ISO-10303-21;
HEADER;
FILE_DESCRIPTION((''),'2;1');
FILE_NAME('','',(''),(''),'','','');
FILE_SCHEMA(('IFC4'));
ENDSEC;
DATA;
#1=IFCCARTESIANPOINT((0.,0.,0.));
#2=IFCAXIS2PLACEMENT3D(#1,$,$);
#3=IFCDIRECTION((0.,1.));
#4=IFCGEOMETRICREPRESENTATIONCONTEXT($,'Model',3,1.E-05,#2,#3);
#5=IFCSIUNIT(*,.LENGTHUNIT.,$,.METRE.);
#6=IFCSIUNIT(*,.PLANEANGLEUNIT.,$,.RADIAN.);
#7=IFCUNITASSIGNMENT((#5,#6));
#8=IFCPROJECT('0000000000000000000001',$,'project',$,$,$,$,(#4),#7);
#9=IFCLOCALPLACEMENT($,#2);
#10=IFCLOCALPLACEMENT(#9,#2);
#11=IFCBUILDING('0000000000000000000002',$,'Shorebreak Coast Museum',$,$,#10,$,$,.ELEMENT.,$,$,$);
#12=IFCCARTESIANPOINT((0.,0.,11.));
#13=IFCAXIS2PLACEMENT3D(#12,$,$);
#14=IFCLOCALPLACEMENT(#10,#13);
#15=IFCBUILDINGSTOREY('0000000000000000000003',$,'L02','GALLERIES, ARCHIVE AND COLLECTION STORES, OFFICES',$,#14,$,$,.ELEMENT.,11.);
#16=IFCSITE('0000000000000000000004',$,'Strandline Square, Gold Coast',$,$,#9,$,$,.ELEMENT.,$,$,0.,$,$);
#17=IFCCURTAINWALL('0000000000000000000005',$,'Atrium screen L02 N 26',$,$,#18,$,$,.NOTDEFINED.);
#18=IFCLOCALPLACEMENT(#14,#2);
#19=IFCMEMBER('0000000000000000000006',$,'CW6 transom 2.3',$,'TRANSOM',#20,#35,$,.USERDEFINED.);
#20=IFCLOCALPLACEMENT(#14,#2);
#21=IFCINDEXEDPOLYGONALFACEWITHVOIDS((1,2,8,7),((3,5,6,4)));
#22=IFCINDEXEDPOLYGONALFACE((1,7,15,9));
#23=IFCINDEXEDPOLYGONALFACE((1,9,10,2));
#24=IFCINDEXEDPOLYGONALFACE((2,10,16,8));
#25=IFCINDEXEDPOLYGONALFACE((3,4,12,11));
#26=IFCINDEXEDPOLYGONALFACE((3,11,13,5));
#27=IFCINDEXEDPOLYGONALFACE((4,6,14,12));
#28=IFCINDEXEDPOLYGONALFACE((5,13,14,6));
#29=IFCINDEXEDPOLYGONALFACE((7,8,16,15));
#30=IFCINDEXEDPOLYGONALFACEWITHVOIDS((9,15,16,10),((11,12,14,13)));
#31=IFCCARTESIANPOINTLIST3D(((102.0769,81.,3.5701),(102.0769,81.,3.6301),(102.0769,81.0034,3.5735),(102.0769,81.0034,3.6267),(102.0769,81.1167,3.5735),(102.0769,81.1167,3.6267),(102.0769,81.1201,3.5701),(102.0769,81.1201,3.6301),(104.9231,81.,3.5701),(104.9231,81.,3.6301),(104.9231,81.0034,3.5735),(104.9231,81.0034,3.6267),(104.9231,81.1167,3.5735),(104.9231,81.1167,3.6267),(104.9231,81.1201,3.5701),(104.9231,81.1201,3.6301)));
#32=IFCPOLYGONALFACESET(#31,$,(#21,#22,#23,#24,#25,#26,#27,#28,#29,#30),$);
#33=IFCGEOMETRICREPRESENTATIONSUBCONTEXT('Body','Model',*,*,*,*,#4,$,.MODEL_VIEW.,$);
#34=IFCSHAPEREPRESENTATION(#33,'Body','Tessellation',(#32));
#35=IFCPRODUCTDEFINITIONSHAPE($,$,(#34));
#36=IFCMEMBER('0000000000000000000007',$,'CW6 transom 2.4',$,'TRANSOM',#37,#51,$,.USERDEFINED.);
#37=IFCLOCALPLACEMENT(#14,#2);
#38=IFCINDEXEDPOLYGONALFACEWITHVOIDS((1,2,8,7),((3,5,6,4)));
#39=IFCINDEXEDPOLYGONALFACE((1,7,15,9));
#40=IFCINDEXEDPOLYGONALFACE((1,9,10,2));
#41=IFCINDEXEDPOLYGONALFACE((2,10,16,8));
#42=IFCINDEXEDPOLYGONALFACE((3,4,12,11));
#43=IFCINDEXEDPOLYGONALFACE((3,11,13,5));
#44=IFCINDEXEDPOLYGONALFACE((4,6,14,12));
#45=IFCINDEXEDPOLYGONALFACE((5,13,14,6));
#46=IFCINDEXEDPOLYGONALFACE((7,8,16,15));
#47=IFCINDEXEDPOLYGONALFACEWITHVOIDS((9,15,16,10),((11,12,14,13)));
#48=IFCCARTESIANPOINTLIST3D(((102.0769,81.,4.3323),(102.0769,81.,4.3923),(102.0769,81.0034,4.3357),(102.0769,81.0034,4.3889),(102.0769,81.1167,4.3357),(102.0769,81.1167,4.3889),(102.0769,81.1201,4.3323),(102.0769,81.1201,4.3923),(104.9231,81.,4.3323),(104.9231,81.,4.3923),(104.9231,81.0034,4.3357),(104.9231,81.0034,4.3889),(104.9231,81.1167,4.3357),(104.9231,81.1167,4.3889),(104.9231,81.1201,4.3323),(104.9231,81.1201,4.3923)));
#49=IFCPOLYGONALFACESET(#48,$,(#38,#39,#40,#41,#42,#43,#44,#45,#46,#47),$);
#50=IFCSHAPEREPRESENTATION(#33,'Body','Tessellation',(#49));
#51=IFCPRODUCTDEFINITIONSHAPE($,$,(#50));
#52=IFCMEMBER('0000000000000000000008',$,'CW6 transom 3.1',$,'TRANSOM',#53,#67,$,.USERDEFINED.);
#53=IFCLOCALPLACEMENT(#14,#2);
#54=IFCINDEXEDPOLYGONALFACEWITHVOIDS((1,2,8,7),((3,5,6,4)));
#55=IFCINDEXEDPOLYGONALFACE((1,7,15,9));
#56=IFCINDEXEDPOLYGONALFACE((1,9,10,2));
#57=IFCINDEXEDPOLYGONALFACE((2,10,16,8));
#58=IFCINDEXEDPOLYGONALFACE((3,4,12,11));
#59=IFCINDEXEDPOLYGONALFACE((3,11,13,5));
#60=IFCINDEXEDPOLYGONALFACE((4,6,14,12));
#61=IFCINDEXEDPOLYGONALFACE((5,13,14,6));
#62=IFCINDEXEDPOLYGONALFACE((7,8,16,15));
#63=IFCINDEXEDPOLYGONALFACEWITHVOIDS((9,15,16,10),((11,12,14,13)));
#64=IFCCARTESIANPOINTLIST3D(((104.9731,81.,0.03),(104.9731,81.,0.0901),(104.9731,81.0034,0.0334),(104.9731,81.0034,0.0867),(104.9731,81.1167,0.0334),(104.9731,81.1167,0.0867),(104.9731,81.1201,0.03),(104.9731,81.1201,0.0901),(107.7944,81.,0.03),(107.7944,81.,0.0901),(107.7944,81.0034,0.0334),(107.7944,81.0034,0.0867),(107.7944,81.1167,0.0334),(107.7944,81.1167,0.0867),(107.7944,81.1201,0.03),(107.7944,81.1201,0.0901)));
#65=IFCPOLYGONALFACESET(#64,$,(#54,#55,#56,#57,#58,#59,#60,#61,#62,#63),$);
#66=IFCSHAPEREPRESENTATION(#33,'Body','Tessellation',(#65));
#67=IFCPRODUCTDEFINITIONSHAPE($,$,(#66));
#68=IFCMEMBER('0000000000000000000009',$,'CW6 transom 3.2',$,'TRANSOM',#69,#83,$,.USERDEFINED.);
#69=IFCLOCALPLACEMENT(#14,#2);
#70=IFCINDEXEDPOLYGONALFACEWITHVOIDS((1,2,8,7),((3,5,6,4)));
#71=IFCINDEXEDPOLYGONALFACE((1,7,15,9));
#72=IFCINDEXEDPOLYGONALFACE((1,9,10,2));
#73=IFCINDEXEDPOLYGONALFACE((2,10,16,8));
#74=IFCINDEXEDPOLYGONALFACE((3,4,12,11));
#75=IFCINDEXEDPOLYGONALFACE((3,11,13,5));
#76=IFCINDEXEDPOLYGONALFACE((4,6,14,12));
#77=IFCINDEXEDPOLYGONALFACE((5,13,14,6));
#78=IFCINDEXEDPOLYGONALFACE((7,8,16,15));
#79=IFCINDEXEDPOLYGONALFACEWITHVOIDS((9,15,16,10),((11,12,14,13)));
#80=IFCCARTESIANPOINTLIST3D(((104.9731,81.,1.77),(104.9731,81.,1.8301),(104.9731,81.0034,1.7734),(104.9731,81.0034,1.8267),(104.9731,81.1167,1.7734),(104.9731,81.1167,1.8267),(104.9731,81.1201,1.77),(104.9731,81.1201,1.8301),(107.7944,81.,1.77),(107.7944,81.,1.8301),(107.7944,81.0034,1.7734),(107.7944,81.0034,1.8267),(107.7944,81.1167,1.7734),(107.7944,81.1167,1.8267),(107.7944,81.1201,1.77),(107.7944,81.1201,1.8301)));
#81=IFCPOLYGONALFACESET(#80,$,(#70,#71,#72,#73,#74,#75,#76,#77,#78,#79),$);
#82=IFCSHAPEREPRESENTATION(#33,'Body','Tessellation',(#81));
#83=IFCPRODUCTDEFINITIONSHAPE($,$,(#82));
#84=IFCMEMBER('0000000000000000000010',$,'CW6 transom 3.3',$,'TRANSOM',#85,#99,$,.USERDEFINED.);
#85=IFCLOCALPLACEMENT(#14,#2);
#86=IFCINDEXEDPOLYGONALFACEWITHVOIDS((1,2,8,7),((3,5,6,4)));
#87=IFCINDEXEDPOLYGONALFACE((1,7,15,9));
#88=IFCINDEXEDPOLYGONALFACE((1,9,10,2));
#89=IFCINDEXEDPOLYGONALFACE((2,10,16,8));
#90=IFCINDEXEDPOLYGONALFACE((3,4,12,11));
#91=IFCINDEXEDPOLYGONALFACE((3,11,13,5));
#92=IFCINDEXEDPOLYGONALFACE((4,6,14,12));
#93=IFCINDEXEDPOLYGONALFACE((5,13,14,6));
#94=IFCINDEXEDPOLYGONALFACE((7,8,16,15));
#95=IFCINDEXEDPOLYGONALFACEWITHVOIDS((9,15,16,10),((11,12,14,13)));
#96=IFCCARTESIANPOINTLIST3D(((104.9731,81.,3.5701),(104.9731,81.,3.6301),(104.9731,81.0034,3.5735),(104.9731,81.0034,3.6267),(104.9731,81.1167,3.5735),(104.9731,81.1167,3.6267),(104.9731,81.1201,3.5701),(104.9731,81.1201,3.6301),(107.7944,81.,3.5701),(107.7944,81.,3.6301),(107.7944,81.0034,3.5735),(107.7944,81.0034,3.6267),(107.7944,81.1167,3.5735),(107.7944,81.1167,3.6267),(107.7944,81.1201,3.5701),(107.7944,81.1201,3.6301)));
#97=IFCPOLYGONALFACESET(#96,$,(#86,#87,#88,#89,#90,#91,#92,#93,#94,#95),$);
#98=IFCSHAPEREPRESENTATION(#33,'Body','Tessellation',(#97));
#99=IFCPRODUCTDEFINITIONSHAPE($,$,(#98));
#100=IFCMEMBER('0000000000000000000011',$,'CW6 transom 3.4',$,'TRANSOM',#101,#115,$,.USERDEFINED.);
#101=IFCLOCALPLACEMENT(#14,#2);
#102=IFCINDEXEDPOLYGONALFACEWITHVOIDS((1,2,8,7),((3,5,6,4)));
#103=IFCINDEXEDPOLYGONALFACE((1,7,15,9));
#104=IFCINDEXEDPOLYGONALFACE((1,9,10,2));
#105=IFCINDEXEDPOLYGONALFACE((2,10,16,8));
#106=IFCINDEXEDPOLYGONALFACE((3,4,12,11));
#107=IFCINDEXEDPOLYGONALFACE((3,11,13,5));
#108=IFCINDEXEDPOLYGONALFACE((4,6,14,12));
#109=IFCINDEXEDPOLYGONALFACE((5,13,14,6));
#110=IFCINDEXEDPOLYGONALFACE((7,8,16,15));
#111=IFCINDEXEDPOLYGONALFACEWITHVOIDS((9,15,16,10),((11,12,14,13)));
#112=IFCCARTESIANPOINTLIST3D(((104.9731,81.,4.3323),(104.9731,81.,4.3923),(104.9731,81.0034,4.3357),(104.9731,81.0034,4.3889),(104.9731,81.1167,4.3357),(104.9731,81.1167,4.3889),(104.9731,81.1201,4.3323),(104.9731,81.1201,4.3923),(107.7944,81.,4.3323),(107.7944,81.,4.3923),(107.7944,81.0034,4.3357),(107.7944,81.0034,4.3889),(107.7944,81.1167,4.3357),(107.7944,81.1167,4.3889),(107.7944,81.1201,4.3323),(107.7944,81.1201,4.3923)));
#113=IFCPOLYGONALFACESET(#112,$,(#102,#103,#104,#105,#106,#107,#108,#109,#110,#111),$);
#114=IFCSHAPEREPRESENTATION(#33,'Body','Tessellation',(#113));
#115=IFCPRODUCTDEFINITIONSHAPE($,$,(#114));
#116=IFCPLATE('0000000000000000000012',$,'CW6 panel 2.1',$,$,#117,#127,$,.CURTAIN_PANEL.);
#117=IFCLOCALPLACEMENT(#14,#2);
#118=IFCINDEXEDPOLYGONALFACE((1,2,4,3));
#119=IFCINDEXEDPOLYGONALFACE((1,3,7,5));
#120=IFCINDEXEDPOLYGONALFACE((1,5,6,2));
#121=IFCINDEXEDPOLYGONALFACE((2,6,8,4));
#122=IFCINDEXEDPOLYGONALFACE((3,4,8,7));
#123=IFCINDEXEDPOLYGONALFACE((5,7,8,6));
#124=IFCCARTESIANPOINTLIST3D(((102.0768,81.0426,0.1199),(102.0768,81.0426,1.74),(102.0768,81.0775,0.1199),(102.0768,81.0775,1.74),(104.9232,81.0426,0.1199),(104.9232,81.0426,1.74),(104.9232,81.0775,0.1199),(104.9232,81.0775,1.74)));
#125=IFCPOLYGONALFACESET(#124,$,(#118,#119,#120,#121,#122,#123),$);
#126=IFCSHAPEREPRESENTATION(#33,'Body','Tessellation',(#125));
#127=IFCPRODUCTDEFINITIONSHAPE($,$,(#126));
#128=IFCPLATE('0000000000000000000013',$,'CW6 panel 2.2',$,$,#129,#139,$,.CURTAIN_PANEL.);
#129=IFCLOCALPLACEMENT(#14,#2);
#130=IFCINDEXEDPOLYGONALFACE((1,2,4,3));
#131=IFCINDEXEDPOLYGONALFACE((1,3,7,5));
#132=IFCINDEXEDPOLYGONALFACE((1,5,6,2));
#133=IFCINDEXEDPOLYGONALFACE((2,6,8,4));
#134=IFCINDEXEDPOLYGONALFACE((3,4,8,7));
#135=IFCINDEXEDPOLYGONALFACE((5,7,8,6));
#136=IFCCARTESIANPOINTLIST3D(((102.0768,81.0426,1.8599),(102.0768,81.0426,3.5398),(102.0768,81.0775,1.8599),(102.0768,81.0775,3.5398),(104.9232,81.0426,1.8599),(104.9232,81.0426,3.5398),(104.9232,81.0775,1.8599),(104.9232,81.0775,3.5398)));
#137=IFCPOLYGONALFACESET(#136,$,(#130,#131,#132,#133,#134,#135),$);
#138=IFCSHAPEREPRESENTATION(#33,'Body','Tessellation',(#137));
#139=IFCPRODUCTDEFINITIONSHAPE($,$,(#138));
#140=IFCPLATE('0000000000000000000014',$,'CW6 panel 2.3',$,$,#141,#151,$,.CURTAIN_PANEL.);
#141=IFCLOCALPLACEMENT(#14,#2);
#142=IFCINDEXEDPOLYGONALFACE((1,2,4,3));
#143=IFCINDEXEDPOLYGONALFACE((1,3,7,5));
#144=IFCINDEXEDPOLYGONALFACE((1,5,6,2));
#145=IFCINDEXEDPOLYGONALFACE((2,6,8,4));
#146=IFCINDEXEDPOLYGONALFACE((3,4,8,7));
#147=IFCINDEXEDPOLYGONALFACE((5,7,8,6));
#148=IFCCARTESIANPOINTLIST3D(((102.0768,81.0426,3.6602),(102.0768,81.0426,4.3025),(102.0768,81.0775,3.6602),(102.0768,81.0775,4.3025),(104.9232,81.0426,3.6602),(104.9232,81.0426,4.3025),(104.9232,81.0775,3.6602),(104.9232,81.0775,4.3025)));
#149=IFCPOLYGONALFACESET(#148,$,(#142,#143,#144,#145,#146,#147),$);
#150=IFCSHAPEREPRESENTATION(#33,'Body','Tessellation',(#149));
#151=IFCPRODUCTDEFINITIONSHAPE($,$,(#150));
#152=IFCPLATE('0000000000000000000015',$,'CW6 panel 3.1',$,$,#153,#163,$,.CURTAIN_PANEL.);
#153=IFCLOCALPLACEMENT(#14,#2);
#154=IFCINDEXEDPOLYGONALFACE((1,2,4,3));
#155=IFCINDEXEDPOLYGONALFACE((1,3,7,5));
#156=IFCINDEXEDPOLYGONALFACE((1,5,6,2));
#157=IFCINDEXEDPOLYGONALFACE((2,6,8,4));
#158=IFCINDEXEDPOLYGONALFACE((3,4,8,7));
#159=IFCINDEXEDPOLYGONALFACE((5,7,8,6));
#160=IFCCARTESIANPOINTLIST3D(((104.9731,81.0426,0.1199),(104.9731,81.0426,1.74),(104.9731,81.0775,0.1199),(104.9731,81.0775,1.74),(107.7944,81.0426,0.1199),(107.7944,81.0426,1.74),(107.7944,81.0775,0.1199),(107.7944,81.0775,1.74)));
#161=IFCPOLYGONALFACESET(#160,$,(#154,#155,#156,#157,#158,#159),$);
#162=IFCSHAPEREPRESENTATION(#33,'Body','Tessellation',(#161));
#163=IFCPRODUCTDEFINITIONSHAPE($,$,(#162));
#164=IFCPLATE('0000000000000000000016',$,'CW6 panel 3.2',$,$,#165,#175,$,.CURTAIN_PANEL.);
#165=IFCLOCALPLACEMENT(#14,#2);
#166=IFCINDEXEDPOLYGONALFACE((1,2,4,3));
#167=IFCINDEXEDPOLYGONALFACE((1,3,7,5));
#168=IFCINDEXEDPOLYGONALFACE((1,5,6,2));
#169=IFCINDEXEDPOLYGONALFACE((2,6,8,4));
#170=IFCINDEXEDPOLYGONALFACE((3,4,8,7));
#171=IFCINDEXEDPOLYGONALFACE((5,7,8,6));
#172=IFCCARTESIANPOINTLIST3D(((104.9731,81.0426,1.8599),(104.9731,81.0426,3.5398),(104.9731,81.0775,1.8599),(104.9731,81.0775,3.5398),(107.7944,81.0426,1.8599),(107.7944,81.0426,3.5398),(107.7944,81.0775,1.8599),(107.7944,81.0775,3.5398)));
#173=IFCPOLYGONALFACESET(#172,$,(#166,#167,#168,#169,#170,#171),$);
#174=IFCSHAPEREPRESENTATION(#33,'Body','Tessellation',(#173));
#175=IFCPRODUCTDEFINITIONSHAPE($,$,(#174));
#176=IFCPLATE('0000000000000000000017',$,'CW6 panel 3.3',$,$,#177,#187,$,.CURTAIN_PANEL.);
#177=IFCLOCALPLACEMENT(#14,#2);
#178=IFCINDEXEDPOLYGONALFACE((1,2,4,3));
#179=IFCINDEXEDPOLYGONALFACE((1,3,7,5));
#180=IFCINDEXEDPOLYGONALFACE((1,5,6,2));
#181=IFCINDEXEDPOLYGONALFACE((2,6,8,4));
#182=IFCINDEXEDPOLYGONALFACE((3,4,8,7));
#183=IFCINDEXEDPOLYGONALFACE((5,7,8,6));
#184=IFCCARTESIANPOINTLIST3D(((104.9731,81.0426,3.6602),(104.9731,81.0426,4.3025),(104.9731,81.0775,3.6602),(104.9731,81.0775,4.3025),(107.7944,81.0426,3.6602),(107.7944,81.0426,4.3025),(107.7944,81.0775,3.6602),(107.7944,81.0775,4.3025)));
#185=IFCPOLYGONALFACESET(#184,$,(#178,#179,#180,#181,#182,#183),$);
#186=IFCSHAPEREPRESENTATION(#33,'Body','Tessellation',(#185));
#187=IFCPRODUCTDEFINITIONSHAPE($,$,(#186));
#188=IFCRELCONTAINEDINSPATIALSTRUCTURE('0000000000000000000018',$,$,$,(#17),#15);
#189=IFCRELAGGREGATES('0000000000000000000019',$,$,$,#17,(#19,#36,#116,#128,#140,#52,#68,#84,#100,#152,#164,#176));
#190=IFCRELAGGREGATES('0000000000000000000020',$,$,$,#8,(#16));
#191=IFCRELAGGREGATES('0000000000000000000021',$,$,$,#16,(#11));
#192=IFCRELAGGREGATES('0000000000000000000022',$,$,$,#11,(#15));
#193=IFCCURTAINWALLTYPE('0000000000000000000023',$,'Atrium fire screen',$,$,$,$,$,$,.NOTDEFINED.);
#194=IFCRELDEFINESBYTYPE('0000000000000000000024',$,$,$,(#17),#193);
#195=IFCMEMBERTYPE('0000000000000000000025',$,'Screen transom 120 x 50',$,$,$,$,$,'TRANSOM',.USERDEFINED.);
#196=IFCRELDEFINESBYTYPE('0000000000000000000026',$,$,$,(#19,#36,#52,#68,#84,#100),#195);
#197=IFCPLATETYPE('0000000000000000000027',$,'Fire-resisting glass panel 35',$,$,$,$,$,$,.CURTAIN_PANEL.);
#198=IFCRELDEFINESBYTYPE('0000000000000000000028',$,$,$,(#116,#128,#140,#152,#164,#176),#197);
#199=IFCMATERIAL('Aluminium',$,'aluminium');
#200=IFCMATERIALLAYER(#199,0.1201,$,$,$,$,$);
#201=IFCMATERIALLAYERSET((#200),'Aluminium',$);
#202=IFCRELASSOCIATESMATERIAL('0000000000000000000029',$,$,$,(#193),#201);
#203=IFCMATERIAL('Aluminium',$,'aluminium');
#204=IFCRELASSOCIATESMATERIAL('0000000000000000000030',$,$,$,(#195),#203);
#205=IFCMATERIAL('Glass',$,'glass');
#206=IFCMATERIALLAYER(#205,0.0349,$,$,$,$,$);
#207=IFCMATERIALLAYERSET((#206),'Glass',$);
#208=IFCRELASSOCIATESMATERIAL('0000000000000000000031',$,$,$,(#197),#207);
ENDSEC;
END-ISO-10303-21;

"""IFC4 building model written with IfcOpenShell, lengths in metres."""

from ifc_helpers import new_model, si_unit, direction, frame, origin, origin_2d, place, context, subcontext, project, spatial, rectangle, hollow_rectangle, extrude, material, layer, layer_set, material_profile, profile_set, type_object, element, aggregate, save


model = new_model("IFC4")

# Units and contexts
model_context = context("Model", 3, precision=1e-05, world=origin(), true_north=direction((0.0, 1.0)))
body_context = subcontext(model_context, "Body", "Model", "MODEL_VIEW")
ifc_project = project(units=[si_unit("LENGTHUNIT", "METRE"), si_unit("PLANEANGLEUNIT", "RADIAN")], contexts=[model_context])

# Site, building, storey
site_placement = place(None, origin())
site = spatial("IfcSite", under=ifc_project, at=site_placement, Name="Strandline Square, Gold Coast", CompositionType="ELEMENT", RefElevation=0.0)
building_placement = place(site_placement, origin())
building = spatial("IfcBuilding", under=site, at=building_placement, Name="Shorebreak Coast Museum", CompositionType="ELEMENT")
storey_placement = place(building_placement, frame((0.0, 0.0, 11.0)))
storey = spatial("IfcBuildingStorey", under=building, at=storey_placement, Name="L02", Description="GALLERIES, ARCHIVE AND COLLECTION STORES, OFFICES", CompositionType="ELEMENT", Elevation=11.0)

# Curtain wall, members, plates
ifc_material_1 = material(Name="Aluminium", Category="aluminium")
ifc_layer_1 = layer(ifc_material_1, 0.1201)
ifc_layer_set_1 = layer_set([ifc_layer_1], Name="Aluminium")
curtain_wall_type = type_object("IfcCurtainWallType", Name="Atrium fire screen", PredefinedType="NOTDEFINED", material=ifc_layer_set_1)
curtain_wall_placement = place(storey_placement, origin())
curtain_wall = element("IfcCurtainWall", 1, at=curtain_wall_placement, inside=storey, type_object=curtain_wall_type, Name="Atrium screen L02 N 26", PredefinedType="NOTDEFINED")
ifc_material_2 = material(Name="Aluminium", Category="aluminium")
ifc_material_profile_1 = material_profile(ifc_material_2, hollow_rectangle(XDim=0.1201, YDim=0.0601, WallThickness=0.0034, at=origin_2d()), Name="AL 60x120 RHS")
ifc_profile_set_1 = profile_set([ifc_material_profile_1], Name="Aluminium")
member_type_1 = type_object("IfcMemberType", Name="Screen transom 120 x 50", ElementType="TRANSOM", PredefinedType="USERDEFINED", material=ifc_profile_set_1)
member_1_placement = place(storey_placement, frame((102.0769, 81.0601, 3.6001), z_axis=(1.0, 0.0, 0.0), x_axis=(0.0, 1.0, 0.0)))
member_1 = element("IfcMember", 2, at=member_1_placement, type_object=member_type_1, Name="CW6 transom 2.3", ObjectType="TRANSOM", PredefinedType="USERDEFINED", context=body_context, shape_type="SweptSolid", body=[
    extrude(hollow_rectangle(XDim=0.1201, YDim=0.0601, WallThickness=0.0034, at=origin_2d()), origin(), (0.0, 0.0, 1.0), 2.8462),
])
member_2_placement = place(storey_placement, frame((102.0769, 81.0601, 4.3623), z_axis=(1.0, 0.0, 0.0), x_axis=(0.0, 1.0, 0.0)))
member_2 = element("IfcMember", 3, at=member_2_placement, type_object=member_type_1, Name="CW6 transom 2.4", ObjectType="TRANSOM", PredefinedType="USERDEFINED", context=body_context, shape_type="SweptSolid", body=[
    extrude(hollow_rectangle(XDim=0.1201, YDim=0.0601, WallThickness=0.0034, at=origin_2d()), origin(), (0.0, 0.0, 1.0), 2.8462),
])
member_3_placement = place(storey_placement, frame((104.9731, 81.0601, 0.0601), z_axis=(1.0, 0.0, 0.0), x_axis=(0.0, 1.0, 0.0)))
member_3 = element("IfcMember", 4, at=member_3_placement, type_object=member_type_1, Name="CW6 transom 3.1", ObjectType="TRANSOM", PredefinedType="USERDEFINED", context=body_context, shape_type="SweptSolid", body=[
    extrude(hollow_rectangle(XDim=0.1201, YDim=0.0601, WallThickness=0.0034, at=origin_2d()), origin(), (0.0, 0.0, 1.0), 2.8213),
])
member_4_placement = place(storey_placement, frame((104.9731, 81.0601, 1.8), z_axis=(1.0, 0.0, 0.0), x_axis=(0.0, 1.0, 0.0)))
member_4 = element("IfcMember", 5, at=member_4_placement, type_object=member_type_1, Name="CW6 transom 3.2", ObjectType="TRANSOM", PredefinedType="USERDEFINED", context=body_context, shape_type="SweptSolid", body=[
    extrude(hollow_rectangle(XDim=0.1201, YDim=0.0601, WallThickness=0.0034, at=origin_2d()), origin(), (0.0, 0.0, 1.0), 2.8213),
])
member_5_placement = place(storey_placement, frame((104.9731, 81.0601, 3.6001), z_axis=(1.0, 0.0, 0.0), x_axis=(0.0, 1.0, 0.0)))
member_5 = element("IfcMember", 6, at=member_5_placement, type_object=member_type_1, Name="CW6 transom 3.3", ObjectType="TRANSOM", PredefinedType="USERDEFINED", context=body_context, shape_type="SweptSolid", body=[
    extrude(hollow_rectangle(XDim=0.1201, YDim=0.0601, WallThickness=0.0034, at=origin_2d()), origin(), (0.0, 0.0, 1.0), 2.8213),
])
member_6_placement = place(storey_placement, frame((104.9731, 81.0601, 4.3623), z_axis=(1.0, 0.0, 0.0), x_axis=(0.0, 1.0, 0.0)))
member_6 = element("IfcMember", 7, at=member_6_placement, type_object=member_type_1, Name="CW6 transom 3.4", ObjectType="TRANSOM", PredefinedType="USERDEFINED", context=body_context, shape_type="SweptSolid", body=[
    extrude(hollow_rectangle(XDim=0.1201, YDim=0.0601, WallThickness=0.0034, at=origin_2d()), origin(), (0.0, 0.0, 1.0), 2.8213),
])
ifc_material_3 = material(Name="Glass", Category="glass")
ifc_layer_2 = layer(ifc_material_3, 0.0349)
ifc_layer_set_2 = layer_set([ifc_layer_2], Name="Glass")
plate_type = type_object("IfcPlateType", Name="Fire-resisting glass panel 35", PredefinedType="CURTAIN_PANEL", material=ifc_layer_set_2)
plate_1_placement = place(storey_placement, frame((103.5, 81.0601, 0.1199), z_axis=(0.0, 0.0, 1.0), x_axis=(1.0, 0.0, 0.0)))
plate_1 = element("IfcPlate", 8, at=plate_1_placement, type_object=plate_type, Name="CW6 panel 2.1", PredefinedType="CURTAIN_PANEL", context=body_context, shape_type="SweptSolid", body=[
    extrude(rectangle(XDim=2.8464, YDim=0.0349, at=origin_2d()), origin(), (0.0, 0.0, 1.0), 1.6201),
])
plate_2_placement = place(storey_placement, frame((103.5, 81.0601, 1.8599), z_axis=(0.0, 0.0, 1.0), x_axis=(1.0, 0.0, 0.0)))
plate_2 = element("IfcPlate", 9, at=plate_2_placement, type_object=plate_type, Name="CW6 panel 2.2", PredefinedType="CURTAIN_PANEL", context=body_context, shape_type="SweptSolid", body=[
    extrude(rectangle(XDim=2.8464, YDim=0.0349, at=origin_2d()), origin(), (0.0, 0.0, 1.0), 1.6799),
])
plate_3_placement = place(storey_placement, frame((103.5, 81.0601, 3.6602), z_axis=(0.0, 0.0, 1.0), x_axis=(1.0, 0.0, 0.0)))
plate_3 = element("IfcPlate", 10, at=plate_3_placement, type_object=plate_type, Name="CW6 panel 2.3", PredefinedType="CURTAIN_PANEL", context=body_context, shape_type="SweptSolid", body=[
    extrude(rectangle(XDim=2.8464, YDim=0.0349, at=origin_2d()), origin(), (0.0, 0.0, 1.0), 0.6423),
])
plate_4_placement = place(storey_placement, frame((106.3838, 81.0601, 0.1199), z_axis=(0.0, 0.0, 1.0), x_axis=(1.0, 0.0, 0.0)))
plate_4 = element("IfcPlate", 11, at=plate_4_placement, type_object=plate_type, Name="CW6 panel 3.1", PredefinedType="CURTAIN_PANEL", context=body_context, shape_type="SweptSolid", body=[
    extrude(rectangle(XDim=2.8213, YDim=0.0349, at=origin_2d()), origin(), (0.0, 0.0, 1.0), 1.6201),
])
plate_5_placement = place(storey_placement, frame((106.3838, 81.0601, 1.8599), z_axis=(0.0, 0.0, 1.0), x_axis=(1.0, 0.0, 0.0)))
plate_5 = element("IfcPlate", 12, at=plate_5_placement, type_object=plate_type, Name="CW6 panel 3.2", PredefinedType="CURTAIN_PANEL", context=body_context, shape_type="SweptSolid", body=[
    extrude(rectangle(XDim=2.8213, YDim=0.0349, at=origin_2d()), origin(), (0.0, 0.0, 1.0), 1.6799),
])
plate_6_placement = place(storey_placement, frame((106.3838, 81.0601, 3.6602), z_axis=(0.0, 0.0, 1.0), x_axis=(1.0, 0.0, 0.0)))
plate_6 = element("IfcPlate", 13, at=plate_6_placement, type_object=plate_type, Name="CW6 panel 3.3", PredefinedType="CURTAIN_PANEL", context=body_context, shape_type="SweptSolid", body=[
    extrude(rectangle(XDim=2.8213, YDim=0.0349, at=origin_2d()), origin(), (0.0, 0.0, 1.0), 0.6423),
])
aggregate(curtain_wall, [member_1, member_2, plate_1, plate_2, plate_3, member_3, member_4, member_5, member_6, plate_4, plate_5, plate_6])

save(model, "model.ifc")
